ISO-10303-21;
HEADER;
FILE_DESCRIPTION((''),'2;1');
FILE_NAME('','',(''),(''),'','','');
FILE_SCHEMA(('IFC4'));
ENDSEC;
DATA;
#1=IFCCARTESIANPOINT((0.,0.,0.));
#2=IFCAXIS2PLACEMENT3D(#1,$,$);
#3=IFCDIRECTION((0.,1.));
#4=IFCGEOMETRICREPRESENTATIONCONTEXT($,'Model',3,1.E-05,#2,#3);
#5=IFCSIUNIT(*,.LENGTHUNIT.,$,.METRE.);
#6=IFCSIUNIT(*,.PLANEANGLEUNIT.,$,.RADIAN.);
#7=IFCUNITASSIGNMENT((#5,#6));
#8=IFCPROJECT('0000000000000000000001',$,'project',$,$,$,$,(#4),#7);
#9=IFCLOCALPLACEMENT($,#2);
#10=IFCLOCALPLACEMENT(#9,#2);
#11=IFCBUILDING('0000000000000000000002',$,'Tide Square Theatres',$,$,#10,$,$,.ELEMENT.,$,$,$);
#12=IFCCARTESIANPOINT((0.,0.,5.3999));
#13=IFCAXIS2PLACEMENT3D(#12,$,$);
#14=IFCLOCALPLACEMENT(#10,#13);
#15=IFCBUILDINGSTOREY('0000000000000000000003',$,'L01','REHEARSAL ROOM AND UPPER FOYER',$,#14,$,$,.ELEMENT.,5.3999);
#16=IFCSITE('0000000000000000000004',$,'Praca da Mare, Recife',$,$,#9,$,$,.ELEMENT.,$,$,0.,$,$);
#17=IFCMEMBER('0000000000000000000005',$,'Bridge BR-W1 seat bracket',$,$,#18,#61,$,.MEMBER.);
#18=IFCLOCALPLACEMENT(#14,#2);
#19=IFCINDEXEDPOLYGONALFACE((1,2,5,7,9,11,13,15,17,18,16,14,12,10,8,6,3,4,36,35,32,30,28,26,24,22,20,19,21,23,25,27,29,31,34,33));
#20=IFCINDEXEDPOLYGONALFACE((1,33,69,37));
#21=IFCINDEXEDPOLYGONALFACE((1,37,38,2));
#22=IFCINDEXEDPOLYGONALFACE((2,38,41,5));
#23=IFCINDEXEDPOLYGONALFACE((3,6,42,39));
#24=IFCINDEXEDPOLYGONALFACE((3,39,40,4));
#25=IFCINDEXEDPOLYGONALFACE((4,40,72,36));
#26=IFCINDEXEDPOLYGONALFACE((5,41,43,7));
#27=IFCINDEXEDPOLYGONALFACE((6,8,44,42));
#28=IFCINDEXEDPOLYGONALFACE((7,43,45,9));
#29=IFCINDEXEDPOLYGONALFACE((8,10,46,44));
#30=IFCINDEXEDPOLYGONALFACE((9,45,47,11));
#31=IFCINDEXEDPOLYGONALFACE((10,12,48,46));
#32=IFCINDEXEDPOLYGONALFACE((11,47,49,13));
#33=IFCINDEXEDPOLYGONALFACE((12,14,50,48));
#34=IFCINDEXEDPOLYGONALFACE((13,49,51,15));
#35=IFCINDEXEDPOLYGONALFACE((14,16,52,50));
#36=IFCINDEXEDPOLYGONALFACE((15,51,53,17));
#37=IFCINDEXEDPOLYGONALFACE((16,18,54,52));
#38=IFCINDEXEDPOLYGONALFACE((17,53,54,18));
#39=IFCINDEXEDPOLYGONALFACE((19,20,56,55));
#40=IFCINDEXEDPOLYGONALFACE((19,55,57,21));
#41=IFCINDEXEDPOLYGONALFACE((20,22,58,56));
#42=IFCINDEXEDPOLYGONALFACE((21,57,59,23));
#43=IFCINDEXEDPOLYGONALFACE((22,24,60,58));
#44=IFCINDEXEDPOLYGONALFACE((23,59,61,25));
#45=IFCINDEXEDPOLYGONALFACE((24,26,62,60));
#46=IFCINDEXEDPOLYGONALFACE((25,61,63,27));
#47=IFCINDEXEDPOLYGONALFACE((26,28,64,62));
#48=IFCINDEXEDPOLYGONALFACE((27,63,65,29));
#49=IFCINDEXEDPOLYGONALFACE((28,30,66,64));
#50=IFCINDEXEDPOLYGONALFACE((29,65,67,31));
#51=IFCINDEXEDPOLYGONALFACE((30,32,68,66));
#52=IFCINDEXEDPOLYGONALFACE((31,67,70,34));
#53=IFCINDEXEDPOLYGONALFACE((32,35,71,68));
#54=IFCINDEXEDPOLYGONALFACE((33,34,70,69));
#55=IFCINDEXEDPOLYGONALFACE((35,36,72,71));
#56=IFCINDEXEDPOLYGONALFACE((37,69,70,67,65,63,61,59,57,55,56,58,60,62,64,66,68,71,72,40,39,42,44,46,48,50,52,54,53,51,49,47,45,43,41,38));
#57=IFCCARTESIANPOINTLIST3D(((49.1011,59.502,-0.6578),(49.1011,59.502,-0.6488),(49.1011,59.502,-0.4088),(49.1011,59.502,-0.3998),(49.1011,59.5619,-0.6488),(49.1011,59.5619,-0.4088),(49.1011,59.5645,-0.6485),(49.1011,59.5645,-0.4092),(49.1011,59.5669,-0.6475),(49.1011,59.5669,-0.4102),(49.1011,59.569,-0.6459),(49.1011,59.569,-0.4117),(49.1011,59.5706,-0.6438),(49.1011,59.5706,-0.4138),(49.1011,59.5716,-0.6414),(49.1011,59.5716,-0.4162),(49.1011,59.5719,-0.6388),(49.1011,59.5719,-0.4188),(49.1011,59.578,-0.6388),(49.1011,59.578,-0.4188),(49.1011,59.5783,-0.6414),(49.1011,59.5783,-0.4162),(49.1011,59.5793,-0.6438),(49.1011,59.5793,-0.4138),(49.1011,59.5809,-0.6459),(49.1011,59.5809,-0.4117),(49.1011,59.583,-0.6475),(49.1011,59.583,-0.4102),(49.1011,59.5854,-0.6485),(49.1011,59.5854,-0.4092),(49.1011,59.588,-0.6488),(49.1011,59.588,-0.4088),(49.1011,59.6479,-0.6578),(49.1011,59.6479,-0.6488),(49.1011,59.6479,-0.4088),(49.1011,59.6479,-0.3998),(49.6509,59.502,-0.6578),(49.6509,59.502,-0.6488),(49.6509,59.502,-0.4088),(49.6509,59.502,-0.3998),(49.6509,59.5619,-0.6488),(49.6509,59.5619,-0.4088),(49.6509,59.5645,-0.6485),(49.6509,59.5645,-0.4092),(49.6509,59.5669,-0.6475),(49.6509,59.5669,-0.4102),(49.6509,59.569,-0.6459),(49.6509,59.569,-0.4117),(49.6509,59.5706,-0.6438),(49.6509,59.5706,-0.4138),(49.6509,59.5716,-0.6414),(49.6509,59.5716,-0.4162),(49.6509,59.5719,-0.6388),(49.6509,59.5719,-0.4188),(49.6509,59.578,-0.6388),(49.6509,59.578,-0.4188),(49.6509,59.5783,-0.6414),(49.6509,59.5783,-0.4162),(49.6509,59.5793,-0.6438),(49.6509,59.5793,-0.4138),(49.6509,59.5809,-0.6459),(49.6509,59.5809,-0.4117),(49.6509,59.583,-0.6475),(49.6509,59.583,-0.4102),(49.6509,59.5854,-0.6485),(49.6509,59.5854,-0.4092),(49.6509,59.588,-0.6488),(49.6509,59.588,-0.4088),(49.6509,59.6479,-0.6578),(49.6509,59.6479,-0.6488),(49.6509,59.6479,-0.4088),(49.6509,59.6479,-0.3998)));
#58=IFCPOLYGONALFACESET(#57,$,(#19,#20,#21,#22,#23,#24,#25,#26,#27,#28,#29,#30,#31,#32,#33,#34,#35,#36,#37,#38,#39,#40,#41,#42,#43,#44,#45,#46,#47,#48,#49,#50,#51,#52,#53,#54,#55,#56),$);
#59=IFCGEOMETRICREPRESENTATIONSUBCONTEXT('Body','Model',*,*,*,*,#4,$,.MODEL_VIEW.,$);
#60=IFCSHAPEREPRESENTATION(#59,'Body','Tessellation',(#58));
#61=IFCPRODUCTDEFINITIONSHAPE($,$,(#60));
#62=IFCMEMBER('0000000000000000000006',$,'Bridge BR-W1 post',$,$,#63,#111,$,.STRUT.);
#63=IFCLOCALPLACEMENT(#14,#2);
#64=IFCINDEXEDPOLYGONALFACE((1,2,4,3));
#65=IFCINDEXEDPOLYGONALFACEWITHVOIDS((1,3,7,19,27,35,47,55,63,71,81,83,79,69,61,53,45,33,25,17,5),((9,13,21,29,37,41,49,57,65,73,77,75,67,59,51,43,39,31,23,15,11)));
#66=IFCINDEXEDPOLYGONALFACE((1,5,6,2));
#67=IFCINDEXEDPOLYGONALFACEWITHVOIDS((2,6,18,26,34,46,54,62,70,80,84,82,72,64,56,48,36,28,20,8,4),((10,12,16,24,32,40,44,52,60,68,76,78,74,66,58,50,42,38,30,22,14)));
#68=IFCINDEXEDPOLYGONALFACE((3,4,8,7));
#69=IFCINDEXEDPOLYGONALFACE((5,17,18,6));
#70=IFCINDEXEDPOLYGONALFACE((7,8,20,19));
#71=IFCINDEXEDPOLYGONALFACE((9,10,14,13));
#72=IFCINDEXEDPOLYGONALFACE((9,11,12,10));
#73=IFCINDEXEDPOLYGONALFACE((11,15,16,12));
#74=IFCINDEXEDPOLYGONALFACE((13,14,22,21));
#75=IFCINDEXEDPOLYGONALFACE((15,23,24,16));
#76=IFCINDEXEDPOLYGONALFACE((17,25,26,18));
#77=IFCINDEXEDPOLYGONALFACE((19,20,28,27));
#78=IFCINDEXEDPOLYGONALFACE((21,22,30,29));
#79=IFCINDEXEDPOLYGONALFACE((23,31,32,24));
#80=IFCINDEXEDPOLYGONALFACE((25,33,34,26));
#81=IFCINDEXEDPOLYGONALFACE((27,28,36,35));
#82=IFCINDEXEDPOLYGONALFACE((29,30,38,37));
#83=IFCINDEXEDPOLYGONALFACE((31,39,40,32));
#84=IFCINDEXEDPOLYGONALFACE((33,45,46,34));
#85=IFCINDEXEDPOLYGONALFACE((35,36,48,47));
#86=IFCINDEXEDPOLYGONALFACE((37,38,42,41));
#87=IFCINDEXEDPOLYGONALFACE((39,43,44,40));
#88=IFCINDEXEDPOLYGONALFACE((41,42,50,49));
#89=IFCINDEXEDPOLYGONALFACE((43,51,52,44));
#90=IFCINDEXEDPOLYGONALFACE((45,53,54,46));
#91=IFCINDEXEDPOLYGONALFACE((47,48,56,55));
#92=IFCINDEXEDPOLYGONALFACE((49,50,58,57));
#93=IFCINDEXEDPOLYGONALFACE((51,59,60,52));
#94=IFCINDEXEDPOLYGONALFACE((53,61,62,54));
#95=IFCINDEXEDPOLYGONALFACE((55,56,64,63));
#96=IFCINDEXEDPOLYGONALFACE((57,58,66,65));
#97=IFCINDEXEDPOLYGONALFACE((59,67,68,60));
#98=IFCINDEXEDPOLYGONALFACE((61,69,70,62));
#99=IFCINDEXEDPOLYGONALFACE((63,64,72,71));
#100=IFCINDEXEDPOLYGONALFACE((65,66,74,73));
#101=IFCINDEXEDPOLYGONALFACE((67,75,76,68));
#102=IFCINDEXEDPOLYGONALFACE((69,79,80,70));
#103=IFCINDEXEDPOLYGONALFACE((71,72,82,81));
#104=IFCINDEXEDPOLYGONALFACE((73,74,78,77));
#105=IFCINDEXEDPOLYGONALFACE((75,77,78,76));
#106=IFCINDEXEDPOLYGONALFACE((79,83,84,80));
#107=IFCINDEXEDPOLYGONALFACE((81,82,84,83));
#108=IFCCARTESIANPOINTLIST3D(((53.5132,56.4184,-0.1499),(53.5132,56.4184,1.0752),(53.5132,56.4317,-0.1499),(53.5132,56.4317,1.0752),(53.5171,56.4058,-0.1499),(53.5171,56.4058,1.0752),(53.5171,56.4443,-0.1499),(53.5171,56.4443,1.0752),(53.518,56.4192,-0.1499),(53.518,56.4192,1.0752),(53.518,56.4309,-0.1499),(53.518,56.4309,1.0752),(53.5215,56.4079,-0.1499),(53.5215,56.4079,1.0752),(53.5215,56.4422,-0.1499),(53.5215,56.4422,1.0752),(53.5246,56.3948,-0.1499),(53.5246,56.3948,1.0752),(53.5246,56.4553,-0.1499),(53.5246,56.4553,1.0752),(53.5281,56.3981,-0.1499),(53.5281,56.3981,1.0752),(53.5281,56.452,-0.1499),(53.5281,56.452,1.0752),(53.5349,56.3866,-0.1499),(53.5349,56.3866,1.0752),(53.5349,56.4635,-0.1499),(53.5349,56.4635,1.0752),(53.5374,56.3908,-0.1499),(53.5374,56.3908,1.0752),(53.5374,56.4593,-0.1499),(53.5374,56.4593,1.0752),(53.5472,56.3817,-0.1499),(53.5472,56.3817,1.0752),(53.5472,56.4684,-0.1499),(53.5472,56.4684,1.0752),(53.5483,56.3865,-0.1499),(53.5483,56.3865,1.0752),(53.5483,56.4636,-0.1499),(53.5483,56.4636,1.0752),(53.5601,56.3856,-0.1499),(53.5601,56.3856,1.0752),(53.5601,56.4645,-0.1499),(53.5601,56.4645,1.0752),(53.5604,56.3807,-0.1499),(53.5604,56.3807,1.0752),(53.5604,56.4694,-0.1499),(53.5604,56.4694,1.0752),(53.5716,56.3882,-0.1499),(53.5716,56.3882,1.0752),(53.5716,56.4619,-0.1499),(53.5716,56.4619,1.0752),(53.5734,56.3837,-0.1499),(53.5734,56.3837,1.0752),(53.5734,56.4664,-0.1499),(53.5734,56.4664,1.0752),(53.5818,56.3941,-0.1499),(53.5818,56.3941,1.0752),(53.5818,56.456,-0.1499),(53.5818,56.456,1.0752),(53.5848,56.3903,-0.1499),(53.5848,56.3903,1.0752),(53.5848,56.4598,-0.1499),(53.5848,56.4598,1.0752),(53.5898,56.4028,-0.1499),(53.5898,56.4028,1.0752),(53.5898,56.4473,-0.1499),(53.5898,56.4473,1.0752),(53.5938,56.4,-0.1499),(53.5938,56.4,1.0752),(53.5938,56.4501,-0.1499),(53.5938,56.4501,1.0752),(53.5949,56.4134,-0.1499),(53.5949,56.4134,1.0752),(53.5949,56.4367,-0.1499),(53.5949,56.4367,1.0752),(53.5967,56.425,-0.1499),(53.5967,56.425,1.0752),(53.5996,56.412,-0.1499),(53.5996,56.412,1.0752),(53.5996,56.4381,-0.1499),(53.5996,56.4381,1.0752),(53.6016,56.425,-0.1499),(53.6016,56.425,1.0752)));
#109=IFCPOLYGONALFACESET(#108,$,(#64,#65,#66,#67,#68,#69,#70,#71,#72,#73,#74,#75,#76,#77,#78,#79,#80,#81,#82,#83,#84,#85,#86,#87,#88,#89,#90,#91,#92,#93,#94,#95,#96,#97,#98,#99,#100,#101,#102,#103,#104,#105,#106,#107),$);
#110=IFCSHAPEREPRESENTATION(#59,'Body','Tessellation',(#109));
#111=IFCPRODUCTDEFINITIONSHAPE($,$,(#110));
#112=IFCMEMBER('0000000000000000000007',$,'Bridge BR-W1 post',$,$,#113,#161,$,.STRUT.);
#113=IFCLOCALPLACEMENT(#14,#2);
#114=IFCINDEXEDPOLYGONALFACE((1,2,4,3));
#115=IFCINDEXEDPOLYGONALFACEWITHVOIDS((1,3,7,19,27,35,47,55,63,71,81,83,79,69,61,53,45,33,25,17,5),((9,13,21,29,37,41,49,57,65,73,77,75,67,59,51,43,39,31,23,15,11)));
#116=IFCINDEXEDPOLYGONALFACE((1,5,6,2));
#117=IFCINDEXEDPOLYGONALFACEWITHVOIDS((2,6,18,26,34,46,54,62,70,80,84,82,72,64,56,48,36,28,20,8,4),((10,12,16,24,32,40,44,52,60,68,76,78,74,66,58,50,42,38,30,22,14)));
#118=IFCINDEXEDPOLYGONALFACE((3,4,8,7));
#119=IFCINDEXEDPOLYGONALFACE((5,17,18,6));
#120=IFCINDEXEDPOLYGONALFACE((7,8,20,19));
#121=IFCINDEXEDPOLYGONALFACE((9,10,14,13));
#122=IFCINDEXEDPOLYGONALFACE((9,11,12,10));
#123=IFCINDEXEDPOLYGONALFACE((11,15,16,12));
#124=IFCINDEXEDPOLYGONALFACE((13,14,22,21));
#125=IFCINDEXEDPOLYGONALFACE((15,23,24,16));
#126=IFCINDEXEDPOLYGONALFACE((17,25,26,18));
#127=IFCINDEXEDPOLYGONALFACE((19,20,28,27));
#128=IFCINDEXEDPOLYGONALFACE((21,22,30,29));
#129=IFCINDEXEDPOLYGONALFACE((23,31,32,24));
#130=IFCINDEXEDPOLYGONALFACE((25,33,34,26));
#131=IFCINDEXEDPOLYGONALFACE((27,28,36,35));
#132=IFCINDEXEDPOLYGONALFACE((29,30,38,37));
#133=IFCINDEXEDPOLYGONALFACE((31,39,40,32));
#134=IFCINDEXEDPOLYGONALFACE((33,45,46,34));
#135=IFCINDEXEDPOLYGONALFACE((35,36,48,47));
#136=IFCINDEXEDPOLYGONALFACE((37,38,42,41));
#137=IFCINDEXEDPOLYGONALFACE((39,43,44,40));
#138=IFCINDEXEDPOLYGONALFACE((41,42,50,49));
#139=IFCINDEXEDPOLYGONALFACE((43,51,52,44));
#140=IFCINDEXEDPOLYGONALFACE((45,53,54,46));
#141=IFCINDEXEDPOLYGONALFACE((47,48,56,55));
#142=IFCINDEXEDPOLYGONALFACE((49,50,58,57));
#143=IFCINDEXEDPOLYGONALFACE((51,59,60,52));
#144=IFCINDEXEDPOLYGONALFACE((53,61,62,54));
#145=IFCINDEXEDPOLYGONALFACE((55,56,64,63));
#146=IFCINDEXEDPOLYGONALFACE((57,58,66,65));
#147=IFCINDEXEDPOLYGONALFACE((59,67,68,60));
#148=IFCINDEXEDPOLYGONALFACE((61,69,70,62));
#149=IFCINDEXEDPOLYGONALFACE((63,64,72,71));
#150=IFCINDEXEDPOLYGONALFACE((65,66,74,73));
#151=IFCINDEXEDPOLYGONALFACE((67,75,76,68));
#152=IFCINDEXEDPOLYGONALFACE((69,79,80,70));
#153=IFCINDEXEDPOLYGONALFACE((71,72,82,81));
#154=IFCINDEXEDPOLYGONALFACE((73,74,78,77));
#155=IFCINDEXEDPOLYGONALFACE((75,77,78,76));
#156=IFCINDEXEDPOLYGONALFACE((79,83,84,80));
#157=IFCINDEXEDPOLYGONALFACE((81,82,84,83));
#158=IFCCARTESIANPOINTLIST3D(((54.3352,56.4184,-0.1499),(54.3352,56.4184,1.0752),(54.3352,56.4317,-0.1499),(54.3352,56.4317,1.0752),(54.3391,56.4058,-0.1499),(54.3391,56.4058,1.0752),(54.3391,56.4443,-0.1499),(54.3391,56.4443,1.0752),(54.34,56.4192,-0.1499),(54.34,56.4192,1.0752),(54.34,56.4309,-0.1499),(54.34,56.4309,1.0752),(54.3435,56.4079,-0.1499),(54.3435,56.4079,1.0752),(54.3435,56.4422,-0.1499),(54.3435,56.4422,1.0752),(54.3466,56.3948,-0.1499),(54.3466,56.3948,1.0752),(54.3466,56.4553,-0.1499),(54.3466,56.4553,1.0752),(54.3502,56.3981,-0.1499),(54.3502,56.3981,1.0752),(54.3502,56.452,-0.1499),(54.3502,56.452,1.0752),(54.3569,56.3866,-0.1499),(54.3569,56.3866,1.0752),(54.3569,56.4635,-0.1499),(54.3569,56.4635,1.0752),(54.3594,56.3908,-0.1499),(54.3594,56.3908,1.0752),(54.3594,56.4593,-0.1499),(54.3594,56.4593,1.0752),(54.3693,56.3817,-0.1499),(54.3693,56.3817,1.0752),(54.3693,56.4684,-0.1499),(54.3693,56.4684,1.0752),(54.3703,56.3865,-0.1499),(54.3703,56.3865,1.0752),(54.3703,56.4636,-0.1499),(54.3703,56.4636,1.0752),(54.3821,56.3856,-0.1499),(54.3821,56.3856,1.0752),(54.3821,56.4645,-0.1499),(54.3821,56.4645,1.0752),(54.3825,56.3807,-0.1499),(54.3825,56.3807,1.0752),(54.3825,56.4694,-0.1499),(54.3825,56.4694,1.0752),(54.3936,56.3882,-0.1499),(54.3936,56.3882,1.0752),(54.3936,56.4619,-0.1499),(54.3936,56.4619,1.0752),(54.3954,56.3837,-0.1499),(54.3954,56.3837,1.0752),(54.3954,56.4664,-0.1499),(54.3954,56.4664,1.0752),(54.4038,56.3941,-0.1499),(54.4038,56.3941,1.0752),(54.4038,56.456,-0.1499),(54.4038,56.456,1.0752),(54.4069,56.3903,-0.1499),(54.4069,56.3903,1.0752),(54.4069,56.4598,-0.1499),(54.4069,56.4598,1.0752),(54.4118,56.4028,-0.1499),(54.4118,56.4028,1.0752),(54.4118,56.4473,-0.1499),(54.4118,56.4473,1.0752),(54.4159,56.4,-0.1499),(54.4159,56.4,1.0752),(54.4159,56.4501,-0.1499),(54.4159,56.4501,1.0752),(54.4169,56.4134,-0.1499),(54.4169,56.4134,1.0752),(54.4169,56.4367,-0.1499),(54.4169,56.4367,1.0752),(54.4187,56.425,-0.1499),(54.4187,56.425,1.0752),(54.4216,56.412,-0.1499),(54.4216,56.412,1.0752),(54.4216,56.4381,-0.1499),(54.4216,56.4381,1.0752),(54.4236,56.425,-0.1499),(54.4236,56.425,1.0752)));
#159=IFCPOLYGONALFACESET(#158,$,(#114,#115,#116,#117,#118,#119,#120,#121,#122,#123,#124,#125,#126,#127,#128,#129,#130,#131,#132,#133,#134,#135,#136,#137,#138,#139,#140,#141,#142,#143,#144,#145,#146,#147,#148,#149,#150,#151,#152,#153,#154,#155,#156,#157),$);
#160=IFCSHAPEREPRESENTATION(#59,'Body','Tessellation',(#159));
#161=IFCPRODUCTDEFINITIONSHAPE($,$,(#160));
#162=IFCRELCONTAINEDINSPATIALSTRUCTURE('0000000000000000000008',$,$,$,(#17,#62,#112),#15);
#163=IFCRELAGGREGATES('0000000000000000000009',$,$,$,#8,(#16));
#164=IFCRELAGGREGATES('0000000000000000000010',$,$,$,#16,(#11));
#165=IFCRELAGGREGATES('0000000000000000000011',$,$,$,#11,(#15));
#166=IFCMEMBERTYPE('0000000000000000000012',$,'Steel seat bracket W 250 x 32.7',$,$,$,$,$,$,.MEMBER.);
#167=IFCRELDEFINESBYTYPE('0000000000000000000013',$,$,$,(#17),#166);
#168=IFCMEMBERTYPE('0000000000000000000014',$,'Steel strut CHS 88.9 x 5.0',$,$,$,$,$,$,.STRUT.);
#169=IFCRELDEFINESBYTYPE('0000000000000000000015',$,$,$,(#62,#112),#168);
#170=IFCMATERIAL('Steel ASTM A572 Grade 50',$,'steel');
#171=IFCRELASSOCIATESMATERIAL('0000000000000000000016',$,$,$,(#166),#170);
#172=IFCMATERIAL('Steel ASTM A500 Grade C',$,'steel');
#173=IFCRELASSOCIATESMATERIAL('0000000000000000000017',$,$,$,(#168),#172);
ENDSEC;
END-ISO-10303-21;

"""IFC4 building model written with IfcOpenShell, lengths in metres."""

from ifc_helpers import new_model, si_unit, direction, frame, origin, origin_2d, place, context, subcontext, project, spatial, hollow_circle, i_section, extrude, material, material_profile, profile_set, type_object, element, save


model = new_model("IFC4")

# Units and contexts
model_context = context("Model", 3, precision=1e-05, world=origin(), true_north=direction((0.0, 1.0)))
body_context = subcontext(model_context, "Body", "Model", "MODEL_VIEW")
ifc_project = project(units=[si_unit("LENGTHUNIT", "METRE"), si_unit("PLANEANGLEUNIT", "RADIAN")], contexts=[model_context])

# Site, building, storey
site_placement = place(None, origin())
site = spatial("IfcSite", under=ifc_project, at=site_placement, Name="Praca da Mare, Recife", CompositionType="ELEMENT", RefElevation=0.0)
building_placement = place(site_placement, origin())
building = spatial("IfcBuilding", under=site, at=building_placement, Name="Tide Square Theatres", CompositionType="ELEMENT")
storey_placement = place(building_placement, frame((0.0, 0.0, 5.3999)))
storey = spatial("IfcBuildingStorey", under=building, at=storey_placement, Name="L01", Description="REHEARSAL ROOM AND UPPER FOYER", CompositionType="ELEMENT", Elevation=5.3999)

# Members
ifc_material_1 = material(Name="Steel ASTM A572 Grade 50", Category="steel")
ifc_material_profile_1 = material_profile(ifc_material_1, i_section(OverallWidth=0.146, OverallDepth=0.2581, WebThickness=0.0061, FlangeThickness=0.009, FilletRadius=0.01, at=origin_2d()))
ifc_profile_set_1 = profile_set([ifc_material_profile_1], Name="Steel ASTM A572 Grade 50")
member_type_1 = type_object("IfcMemberType", Name="Steel seat bracket W 250 x 32.7", PredefinedType="MEMBER", material=ifc_profile_set_1)
member_1_placement = place(storey_placement, frame((49.1011, 59.575, -0.5288), z_axis=(1.0, 0.0, 0.0), x_axis=(0.0, 1.0, 0.0)))
element("IfcMember", 1, at=member_1_placement, inside=storey, type_object=member_type_1, Name="Bridge BR-W1 seat bracket", PredefinedType="MEMBER", context=body_context, shape_type="SweptSolid", body=[
    extrude(i_section(OverallWidth=0.146, OverallDepth=0.2581, WebThickness=0.0061, FlangeThickness=0.009, FilletRadius=0.01, at=origin_2d()), origin(), (0.0, 0.0, 1.0), 0.5498),
])
ifc_material_2 = material(Name="Steel ASTM A500 Grade C", Category="steel")
ifc_material_profile_2 = material_profile(ifc_material_2, hollow_circle(Radius=0.0444, WallThickness=0.0049, at=origin_2d()))
ifc_profile_set_2 = profile_set([ifc_material_profile_2], Name="Steel ASTM A500 Grade C")
member_type_2 = type_object("IfcMemberType", Name="Steel strut CHS 88.9 x 5.0", PredefinedType="STRUT", material=ifc_profile_set_2)
for number, where, z_axis, x_axis, name in (
    (2, (53.5571, 56.425, -0.1499), (0.0, 0.0, 1.0), (1.0, 0.0, 0.0), "Bridge BR-W1 post"),
    (3, (54.3792, 56.425, -0.1499), (0.0, 0.0, 1.0), (1.0, 0.0, 0.0), "Bridge BR-W1 post"),
):
    element("IfcMember", number, at=place(storey_placement, frame(where, z_axis=z_axis, x_axis=x_axis)), inside=storey, type_object=member_type_2, Name=name, PredefinedType="STRUT", context=body_context, shape_type="SweptSolid", body=[
        extrude(hollow_circle(Radius=0.0444, WallThickness=0.0049, at=origin_2d()), origin(), (0.0, 0.0, 1.0), 1.2251),
    ])

save(model, "model.ifc")
